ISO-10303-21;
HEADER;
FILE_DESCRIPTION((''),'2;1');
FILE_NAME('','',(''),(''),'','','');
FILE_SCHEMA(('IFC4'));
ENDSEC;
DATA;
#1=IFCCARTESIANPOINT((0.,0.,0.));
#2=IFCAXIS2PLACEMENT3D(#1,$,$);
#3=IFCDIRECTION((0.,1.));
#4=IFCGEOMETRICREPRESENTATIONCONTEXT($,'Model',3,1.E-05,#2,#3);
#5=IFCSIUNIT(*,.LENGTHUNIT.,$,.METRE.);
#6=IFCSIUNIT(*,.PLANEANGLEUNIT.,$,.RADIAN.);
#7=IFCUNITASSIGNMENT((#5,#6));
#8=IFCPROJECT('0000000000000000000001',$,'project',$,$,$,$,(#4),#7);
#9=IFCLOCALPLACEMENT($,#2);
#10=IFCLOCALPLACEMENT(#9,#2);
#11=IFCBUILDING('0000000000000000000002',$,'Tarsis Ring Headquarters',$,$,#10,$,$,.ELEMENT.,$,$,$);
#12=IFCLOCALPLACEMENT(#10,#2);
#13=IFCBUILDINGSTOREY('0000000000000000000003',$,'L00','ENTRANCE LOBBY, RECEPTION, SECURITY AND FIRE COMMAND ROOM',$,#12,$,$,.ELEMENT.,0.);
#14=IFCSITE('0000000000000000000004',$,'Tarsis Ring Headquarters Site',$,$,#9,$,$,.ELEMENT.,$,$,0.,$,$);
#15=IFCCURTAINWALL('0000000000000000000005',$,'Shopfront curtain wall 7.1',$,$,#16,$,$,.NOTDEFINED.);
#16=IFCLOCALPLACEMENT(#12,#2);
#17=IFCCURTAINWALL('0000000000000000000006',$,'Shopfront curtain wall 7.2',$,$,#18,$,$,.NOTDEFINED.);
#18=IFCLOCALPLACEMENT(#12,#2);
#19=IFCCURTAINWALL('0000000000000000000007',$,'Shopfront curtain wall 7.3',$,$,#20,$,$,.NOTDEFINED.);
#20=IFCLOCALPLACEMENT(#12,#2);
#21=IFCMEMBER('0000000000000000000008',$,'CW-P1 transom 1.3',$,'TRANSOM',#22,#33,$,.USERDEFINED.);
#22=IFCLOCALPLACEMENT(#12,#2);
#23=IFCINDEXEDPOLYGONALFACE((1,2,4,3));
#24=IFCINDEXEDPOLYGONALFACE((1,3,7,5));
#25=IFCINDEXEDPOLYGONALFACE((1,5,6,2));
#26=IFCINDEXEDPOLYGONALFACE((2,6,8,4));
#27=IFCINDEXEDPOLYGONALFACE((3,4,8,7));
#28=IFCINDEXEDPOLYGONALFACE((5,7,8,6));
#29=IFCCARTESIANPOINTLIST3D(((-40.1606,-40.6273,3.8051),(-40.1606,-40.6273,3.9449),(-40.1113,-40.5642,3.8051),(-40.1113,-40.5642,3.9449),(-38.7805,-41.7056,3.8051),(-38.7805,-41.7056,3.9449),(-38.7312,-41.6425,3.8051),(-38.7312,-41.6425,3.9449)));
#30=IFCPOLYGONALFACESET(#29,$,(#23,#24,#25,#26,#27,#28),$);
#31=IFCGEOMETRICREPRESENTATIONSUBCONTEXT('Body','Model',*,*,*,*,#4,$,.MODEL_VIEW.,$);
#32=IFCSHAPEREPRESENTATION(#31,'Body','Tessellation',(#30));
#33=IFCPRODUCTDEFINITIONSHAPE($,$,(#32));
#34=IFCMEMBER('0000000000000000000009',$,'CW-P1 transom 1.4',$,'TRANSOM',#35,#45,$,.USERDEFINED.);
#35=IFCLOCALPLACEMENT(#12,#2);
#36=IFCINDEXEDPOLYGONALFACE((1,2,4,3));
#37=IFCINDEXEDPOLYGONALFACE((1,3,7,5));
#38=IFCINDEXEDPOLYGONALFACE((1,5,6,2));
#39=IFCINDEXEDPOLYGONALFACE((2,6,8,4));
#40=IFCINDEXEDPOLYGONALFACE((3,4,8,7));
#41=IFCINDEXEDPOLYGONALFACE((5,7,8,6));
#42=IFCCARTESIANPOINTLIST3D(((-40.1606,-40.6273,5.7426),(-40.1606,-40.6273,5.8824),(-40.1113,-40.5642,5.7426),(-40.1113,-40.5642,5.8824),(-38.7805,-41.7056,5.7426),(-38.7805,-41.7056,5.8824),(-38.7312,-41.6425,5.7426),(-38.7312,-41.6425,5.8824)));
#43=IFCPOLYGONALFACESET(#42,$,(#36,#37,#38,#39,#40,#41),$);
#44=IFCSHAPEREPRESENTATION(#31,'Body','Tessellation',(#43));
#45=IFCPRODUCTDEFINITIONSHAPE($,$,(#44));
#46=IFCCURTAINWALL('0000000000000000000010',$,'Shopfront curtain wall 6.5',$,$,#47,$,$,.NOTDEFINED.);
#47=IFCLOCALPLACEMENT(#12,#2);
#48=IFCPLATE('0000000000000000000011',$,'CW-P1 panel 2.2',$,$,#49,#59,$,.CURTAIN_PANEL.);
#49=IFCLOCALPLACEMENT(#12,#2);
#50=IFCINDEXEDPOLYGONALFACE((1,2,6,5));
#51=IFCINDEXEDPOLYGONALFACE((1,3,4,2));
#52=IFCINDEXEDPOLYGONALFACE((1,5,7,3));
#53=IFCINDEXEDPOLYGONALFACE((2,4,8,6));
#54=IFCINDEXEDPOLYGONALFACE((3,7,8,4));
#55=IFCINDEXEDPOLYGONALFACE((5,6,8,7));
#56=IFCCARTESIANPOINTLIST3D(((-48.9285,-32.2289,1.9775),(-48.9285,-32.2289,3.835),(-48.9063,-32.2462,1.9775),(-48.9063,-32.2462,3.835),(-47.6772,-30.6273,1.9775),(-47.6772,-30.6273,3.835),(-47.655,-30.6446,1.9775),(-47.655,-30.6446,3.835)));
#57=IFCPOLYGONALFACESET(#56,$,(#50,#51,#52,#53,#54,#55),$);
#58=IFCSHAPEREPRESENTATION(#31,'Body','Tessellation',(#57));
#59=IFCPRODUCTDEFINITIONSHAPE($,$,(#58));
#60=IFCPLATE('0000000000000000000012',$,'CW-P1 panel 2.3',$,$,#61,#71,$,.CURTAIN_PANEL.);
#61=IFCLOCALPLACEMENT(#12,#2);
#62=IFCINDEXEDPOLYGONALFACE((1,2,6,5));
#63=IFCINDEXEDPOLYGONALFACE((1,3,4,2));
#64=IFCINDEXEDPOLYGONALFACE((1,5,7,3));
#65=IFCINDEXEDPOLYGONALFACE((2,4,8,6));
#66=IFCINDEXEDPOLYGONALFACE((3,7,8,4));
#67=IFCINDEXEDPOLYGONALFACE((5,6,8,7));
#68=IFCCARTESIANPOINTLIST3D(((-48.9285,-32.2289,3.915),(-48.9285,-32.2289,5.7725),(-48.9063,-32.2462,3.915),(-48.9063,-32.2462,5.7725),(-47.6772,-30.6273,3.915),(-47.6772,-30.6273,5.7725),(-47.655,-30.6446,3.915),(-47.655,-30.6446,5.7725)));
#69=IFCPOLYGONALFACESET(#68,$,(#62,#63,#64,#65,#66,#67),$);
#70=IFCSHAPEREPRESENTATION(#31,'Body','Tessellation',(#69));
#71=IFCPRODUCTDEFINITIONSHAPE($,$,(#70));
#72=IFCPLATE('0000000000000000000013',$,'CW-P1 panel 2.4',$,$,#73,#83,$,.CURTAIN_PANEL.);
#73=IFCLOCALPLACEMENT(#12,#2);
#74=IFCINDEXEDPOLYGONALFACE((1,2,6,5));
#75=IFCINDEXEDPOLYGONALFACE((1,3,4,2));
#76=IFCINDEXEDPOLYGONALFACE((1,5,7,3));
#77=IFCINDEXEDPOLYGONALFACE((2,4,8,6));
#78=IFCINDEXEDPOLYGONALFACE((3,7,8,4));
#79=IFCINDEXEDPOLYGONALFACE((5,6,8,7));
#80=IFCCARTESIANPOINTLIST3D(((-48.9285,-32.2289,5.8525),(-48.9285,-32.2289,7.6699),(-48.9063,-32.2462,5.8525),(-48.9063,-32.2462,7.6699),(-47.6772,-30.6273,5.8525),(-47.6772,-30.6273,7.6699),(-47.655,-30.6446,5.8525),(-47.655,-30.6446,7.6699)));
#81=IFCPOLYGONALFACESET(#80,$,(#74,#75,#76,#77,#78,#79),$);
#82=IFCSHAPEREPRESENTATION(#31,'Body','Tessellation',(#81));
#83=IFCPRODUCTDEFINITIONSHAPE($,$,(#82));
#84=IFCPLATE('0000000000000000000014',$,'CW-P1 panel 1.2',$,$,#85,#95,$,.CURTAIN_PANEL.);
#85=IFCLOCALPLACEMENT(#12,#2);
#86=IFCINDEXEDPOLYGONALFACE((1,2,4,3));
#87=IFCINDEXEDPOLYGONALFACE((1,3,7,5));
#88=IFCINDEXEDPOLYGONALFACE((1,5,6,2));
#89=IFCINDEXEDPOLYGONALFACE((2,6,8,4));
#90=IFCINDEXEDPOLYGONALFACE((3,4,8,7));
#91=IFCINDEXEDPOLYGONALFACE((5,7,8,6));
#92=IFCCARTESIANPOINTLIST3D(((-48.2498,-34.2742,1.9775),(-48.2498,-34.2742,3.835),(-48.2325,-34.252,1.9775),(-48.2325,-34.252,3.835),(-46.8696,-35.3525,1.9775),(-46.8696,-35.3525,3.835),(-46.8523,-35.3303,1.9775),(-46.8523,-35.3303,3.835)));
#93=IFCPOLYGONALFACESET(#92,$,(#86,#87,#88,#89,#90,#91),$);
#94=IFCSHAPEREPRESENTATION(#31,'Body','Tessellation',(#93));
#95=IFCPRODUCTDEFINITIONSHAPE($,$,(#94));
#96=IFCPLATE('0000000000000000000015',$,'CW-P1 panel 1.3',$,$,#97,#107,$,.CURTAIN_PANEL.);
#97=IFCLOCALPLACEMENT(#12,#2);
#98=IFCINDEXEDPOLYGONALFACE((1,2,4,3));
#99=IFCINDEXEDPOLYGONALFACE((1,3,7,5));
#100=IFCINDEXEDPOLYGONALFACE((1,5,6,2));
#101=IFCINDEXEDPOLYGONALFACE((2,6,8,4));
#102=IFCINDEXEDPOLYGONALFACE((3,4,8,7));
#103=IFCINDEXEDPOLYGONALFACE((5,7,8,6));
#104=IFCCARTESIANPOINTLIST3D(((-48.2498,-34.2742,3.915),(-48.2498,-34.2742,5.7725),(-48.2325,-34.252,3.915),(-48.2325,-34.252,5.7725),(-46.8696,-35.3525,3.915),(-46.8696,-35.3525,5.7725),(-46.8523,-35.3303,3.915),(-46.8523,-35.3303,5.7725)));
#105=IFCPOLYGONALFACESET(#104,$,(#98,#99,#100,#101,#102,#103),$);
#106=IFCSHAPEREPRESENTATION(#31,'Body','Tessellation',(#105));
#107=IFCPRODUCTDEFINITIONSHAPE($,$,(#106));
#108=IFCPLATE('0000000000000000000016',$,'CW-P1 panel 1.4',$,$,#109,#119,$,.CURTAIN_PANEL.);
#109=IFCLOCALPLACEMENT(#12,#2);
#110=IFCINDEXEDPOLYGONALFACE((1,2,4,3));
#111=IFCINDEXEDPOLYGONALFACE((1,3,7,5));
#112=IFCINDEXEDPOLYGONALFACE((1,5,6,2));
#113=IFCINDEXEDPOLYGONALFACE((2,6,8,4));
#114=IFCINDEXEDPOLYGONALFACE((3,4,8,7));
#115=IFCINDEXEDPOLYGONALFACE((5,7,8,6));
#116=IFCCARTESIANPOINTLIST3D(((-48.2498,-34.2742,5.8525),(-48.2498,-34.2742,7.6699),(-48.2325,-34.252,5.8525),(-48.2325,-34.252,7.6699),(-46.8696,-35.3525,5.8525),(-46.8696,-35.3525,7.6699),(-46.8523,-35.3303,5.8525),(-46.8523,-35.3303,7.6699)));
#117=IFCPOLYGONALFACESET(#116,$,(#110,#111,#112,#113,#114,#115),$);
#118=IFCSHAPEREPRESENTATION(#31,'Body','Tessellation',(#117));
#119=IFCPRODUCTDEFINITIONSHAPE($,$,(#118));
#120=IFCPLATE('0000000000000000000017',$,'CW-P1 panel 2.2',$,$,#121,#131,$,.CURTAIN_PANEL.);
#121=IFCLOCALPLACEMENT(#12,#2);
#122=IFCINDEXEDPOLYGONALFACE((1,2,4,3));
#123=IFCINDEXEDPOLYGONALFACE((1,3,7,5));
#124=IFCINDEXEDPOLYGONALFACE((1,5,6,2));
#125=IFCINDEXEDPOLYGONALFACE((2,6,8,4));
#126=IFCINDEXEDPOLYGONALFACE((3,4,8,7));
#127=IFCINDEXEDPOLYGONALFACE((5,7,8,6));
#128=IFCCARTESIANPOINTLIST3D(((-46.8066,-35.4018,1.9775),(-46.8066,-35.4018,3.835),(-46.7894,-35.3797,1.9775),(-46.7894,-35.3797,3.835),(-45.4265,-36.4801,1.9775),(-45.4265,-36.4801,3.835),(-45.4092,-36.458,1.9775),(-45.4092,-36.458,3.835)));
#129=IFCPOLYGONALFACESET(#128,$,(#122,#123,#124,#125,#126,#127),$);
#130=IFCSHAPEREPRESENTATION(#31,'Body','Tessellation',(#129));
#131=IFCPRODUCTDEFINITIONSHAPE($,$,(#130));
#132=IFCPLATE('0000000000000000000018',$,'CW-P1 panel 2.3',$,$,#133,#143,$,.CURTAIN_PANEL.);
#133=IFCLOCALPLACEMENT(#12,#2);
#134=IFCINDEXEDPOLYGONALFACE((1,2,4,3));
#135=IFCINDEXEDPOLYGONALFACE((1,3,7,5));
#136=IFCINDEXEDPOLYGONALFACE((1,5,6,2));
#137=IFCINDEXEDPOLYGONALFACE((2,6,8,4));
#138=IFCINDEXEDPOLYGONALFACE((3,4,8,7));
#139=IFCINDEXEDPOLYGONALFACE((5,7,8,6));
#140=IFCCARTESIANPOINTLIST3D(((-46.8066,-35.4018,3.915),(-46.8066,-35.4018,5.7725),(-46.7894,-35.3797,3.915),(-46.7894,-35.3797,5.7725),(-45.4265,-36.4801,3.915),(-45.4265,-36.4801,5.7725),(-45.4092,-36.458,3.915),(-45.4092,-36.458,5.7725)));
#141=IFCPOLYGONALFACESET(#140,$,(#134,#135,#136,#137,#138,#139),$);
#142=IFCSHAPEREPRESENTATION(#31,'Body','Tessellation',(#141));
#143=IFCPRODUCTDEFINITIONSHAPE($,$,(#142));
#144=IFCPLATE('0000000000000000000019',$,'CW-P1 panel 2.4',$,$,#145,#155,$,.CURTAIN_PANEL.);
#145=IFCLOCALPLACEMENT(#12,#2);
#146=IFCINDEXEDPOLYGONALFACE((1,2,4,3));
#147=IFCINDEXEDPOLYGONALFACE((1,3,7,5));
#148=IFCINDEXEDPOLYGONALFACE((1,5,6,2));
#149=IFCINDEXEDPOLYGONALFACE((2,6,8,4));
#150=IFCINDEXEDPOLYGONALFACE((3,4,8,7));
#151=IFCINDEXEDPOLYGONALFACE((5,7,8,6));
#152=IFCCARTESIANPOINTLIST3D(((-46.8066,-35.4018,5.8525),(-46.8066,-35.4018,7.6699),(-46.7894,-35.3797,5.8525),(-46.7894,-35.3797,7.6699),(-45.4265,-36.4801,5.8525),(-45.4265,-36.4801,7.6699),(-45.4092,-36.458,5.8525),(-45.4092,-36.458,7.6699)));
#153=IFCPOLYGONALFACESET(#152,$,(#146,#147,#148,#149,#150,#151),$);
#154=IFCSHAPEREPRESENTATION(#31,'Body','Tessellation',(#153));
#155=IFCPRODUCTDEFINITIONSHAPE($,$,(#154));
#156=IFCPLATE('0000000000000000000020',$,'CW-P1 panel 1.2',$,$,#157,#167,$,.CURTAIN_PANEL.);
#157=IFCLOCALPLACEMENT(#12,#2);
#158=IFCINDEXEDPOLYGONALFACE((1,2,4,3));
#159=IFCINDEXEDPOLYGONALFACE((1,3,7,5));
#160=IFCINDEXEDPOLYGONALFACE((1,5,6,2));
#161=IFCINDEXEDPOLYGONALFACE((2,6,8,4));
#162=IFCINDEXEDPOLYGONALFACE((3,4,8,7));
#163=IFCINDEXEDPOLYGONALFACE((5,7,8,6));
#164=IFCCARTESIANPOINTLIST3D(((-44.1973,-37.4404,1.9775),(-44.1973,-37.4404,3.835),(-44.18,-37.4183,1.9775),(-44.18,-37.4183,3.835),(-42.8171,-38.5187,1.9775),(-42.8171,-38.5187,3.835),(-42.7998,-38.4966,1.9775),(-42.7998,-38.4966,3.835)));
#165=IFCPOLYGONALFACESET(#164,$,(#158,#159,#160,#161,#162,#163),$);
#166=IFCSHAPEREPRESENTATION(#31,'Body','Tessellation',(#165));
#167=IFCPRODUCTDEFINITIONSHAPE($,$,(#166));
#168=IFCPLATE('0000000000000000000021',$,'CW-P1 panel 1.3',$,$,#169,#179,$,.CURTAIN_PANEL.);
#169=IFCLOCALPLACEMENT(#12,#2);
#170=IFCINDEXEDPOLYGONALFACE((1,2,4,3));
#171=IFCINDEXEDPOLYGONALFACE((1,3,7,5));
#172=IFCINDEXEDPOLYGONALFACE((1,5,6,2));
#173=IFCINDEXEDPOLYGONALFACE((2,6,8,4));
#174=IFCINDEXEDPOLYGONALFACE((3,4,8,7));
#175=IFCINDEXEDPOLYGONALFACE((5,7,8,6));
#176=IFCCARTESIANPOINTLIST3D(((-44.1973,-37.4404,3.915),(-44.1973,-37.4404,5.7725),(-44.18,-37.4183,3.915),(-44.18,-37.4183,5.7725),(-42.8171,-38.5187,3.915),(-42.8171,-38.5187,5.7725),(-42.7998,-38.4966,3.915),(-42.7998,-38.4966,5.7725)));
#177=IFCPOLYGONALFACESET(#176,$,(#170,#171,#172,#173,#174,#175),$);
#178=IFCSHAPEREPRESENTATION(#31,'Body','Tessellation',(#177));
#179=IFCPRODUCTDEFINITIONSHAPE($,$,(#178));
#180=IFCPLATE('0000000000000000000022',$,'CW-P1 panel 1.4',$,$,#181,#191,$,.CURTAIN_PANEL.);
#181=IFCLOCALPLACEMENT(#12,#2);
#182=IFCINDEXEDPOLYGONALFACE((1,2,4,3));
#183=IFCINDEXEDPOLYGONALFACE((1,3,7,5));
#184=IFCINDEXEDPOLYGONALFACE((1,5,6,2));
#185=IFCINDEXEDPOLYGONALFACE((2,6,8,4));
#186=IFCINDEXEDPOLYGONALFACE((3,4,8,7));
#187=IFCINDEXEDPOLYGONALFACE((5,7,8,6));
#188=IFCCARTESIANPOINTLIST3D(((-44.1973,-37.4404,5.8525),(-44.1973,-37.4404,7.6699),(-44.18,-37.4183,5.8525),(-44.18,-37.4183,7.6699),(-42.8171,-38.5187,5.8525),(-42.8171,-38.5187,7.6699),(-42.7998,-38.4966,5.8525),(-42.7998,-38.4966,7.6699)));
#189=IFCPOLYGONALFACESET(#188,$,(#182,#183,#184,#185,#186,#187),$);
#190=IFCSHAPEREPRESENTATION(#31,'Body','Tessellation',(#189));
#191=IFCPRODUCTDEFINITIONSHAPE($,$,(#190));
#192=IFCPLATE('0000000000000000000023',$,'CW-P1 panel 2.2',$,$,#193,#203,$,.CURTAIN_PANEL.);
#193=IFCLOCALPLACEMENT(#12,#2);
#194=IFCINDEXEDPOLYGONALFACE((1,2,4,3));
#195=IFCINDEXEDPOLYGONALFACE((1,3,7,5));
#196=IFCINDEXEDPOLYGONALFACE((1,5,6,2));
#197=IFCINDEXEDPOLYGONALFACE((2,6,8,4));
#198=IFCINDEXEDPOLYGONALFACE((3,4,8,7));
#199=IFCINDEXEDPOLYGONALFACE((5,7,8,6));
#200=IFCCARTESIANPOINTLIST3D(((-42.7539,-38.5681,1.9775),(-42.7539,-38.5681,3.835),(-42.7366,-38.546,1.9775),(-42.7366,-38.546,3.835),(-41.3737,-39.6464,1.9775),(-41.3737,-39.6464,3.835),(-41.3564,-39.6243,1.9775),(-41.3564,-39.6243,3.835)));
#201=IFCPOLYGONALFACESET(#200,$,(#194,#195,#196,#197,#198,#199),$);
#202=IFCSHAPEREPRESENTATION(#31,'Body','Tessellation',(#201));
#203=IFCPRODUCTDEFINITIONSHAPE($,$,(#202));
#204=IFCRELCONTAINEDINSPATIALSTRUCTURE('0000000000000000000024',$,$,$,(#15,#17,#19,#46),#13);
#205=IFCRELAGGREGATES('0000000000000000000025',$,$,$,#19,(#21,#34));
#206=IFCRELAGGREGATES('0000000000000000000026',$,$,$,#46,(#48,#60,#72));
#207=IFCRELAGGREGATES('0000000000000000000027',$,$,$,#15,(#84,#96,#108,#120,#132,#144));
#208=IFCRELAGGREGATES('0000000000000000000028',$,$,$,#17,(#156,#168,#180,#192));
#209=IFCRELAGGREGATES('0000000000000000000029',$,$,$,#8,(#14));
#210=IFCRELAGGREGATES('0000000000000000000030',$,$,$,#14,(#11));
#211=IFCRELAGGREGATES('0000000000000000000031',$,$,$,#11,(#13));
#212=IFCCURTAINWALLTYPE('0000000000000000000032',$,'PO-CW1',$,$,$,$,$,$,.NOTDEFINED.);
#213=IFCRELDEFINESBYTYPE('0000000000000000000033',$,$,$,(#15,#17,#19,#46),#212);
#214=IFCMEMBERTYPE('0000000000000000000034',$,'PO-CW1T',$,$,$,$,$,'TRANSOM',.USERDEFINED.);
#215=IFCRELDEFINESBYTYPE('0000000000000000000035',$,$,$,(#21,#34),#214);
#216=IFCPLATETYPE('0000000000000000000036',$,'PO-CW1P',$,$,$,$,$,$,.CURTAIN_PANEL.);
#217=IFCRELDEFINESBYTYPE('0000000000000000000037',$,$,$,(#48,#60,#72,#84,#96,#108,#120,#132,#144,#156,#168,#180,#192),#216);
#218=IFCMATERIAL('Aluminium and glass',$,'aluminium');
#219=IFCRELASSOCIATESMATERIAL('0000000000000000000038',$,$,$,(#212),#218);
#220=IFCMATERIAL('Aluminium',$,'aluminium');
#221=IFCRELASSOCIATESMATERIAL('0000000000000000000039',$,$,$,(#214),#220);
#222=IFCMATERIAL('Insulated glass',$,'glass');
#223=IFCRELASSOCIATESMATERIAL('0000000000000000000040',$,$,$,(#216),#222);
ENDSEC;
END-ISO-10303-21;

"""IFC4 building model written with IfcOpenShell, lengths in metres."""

from ifc_helpers import new_model, si_unit, direction, frame, origin, origin_2d, place, context, subcontext, project, spatial, rectangle, extrude, material, material_profile, profile_set, type_object, element, aggregate, save


model = new_model("IFC4")

# Units and contexts
model_context = context("Model", 3, precision=1e-05, world=origin(), true_north=direction((0.0, 1.0)))
body_context = subcontext(model_context, "Body", "Model", "MODEL_VIEW")
ifc_project = project(units=[si_unit("LENGTHUNIT", "METRE"), si_unit("PLANEANGLEUNIT", "RADIAN")], contexts=[model_context])

# Site, building, storey
site_placement = place(None, origin())
site = spatial("IfcSite", under=ifc_project, at=site_placement, Name="Tarsis Ring Headquarters Site", CompositionType="ELEMENT", RefElevation=0.0)
building_placement = place(site_placement, origin())
building = spatial("IfcBuilding", under=site, at=building_placement, Name="Tarsis Ring Headquarters", CompositionType="ELEMENT")
storey_placement = place(building_placement, origin())
storey = spatial("IfcBuildingStorey", under=building, at=storey_placement, Name="L00", Description="ENTRANCE LOBBY, RECEPTION, SECURITY AND FIRE COMMAND ROOM", CompositionType="ELEMENT", Elevation=0.0)

# Curtain walls, members
ifc_material_1 = material(Name="Aluminium and glass", Category="aluminium")
curtain_wall_type = type_object("IfcCurtainWallType", Name="PO-CW1", PredefinedType="NOTDEFINED", material=ifc_material_1)
curtain_wall_1_placement = place(storey_placement, origin())
curtain_wall_1 = element("IfcCurtainWall", 1, at=curtain_wall_1_placement, inside=storey, type_object=curtain_wall_type, Name="Shopfront curtain wall 7.1", PredefinedType="NOTDEFINED")
ifc_material_2 = material(Name="Aluminium", Category="aluminium")
ifc_material_profile = material_profile(ifc_material_2, rectangle(XDim=0.0801, YDim=0.1399, at=origin_2d()), Name="PO-CW1T")
ifc_profile_set = profile_set([ifc_material_profile], Name="Aluminium")
member_type = type_object("IfcMemberType", Name="PO-CW1T", ElementType="TRANSOM", PredefinedType="USERDEFINED", material=ifc_profile_set)
curtain_wall_2_placement = place(storey_placement, origin())
curtain_wall_2 = element("IfcCurtainWall", 2, at=curtain_wall_2_placement, inside=storey, type_object=curtain_wall_type, Name="Shopfront curtain wall 7.2", PredefinedType="NOTDEFINED")
curtain_wall_3_placement = place(storey_placement, origin())
curtain_wall_3 = element("IfcCurtainWall", 3, at=curtain_wall_3_placement, inside=storey, type_object=curtain_wall_type, Name="Shopfront curtain wall 7.3", PredefinedType="NOTDEFINED")
member_1_placement = place(storey_placement, frame((-40.136, -40.5957, 3.875), z_axis=(0.787984, -0.615695, 0.0), x_axis=(0.615695, 0.787984, 0.0)))
member_1 = element("IfcMember", 4, at=member_1_placement, type_object=member_type, Name="CW-P1 transom 1.3", ObjectType="TRANSOM", PredefinedType="USERDEFINED", context=body_context, shape_type="SweptSolid", body=[
    extrude(rectangle(XDim=0.0801, YDim=0.1399, at=origin_2d()), origin(), (0.0, 0.0, 1.0), 1.7515),
])
member_2_placement = place(storey_placement, frame((-40.136, -40.5957, 5.8125), z_axis=(0.787984, -0.615695, 0.0), x_axis=(0.615695, 0.787984, 0.0)))
member_2 = element("IfcMember", 5, at=member_2_placement, type_object=member_type, Name="CW-P1 transom 1.4", ObjectType="TRANSOM", PredefinedType="USERDEFINED", context=body_context, shape_type="SweptSolid", body=[
    extrude(rectangle(XDim=0.0801, YDim=0.1399, at=origin_2d()), origin(), (0.0, 0.0, 1.0), 1.7515),
])
aggregate(curtain_wall_3, [member_1, member_2])

# Curtain wall, plates
curtain_wall_4_placement = place(storey_placement, origin())
curtain_wall_4 = element("IfcCurtainWall", 6, at=curtain_wall_4_placement, inside=storey, type_object=curtain_wall_type, Name="Shopfront curtain wall 6.5", PredefinedType="NOTDEFINED")
ifc_material_3 = material(Name="Insulated glass", Category="glass")
plate_type = type_object("IfcPlateType", Name="PO-CW1P", PredefinedType="CURTAIN_PANEL", material=ifc_material_3)
plate_1_placement = place(storey_placement, frame((-48.2917, -31.4368, 1.9775), z_axis=(0.0, 0.0, 1.0), x_axis=(-0.615662, -0.788011, 0.0)))
plate_1 = element("IfcPlate", 7, at=plate_1_placement, type_object=plate_type, Name="CW-P1 panel 2.2", PredefinedType="CURTAIN_PANEL", context=body_context, shape_type="SweptSolid", body=[
    extrude(rectangle(XDim=2.0325, YDim=0.0281, at=origin_2d()), origin(), (0.0, 0.0, 1.0), 1.8574),
])
plate_2_placement = place(storey_placement, frame((-48.2917, -31.4368, 3.915), z_axis=(0.0, 0.0, 1.0), x_axis=(-0.615662, -0.788011, 0.0)))
plate_2 = element("IfcPlate", 8, at=plate_2_placement, type_object=plate_type, Name="CW-P1 panel 2.3", PredefinedType="CURTAIN_PANEL", context=body_context, shape_type="SweptSolid", body=[
    extrude(rectangle(XDim=2.0325, YDim=0.0281, at=origin_2d()), origin(), (0.0, 0.0, 1.0), 1.8574),
])
plate_3_placement = place(storey_placement, frame((-48.2917, -31.4368, 5.8525), z_axis=(0.0, 0.0, 1.0), x_axis=(-0.615662, -0.788011, 0.0)))
plate_3 = element("IfcPlate", 9, at=plate_3_placement, type_object=plate_type, Name="CW-P1 panel 2.4", PredefinedType="CURTAIN_PANEL", context=body_context, shape_type="SweptSolid", body=[
    extrude(rectangle(XDim=2.0325, YDim=0.0281, at=origin_2d()), origin(), (0.0, 0.0, 1.0), 1.8174),
])
aggregate(curtain_wall_4, [plate_1, plate_2, plate_3])

# Plates
plate_4_placement = place(storey_placement, frame((-47.551, -34.8022, 1.9775), z_axis=(0.0, 0.0, 1.0), x_axis=(0.788011, -0.615662, 0.0)))
plate_4 = element("IfcPlate", 10, at=plate_4_placement, type_object=plate_type, Name="CW-P1 panel 1.2", PredefinedType="CURTAIN_PANEL", context=body_context, shape_type="SweptSolid", body=[
    extrude(rectangle(XDim=1.7515, YDim=0.0281, at=origin_2d()), origin(), (0.0, 0.0, 1.0), 1.8574),
])
plate_5_placement = place(storey_placement, frame((-47.551, -34.8022, 3.915), z_axis=(0.0, 0.0, 1.0), x_axis=(0.788011, -0.615662, 0.0)))
plate_5 = element("IfcPlate", 11, at=plate_5_placement, type_object=plate_type, Name="CW-P1 panel 1.3", PredefinedType="CURTAIN_PANEL", context=body_context, shape_type="SweptSolid", body=[
    extrude(rectangle(XDim=1.7515, YDim=0.0281, at=origin_2d()), origin(), (0.0, 0.0, 1.0), 1.8574),
])
plate_6_placement = place(storey_placement, frame((-47.551, -34.8022, 5.8525), z_axis=(0.0, 0.0, 1.0), x_axis=(0.788011, -0.615662, 0.0)))
plate_6 = element("IfcPlate", 12, at=plate_6_placement, type_object=plate_type, Name="CW-P1 panel 1.4", PredefinedType="CURTAIN_PANEL", context=body_context, shape_type="SweptSolid", body=[
    extrude(rectangle(XDim=1.7515, YDim=0.0281, at=origin_2d()), origin(), (0.0, 0.0, 1.0), 1.8174),
])
plate_7_placement = place(storey_placement, frame((-46.1079, -35.9299, 1.9775), z_axis=(0.0, 0.0, 1.0), x_axis=(0.788011, -0.615662, 0.0)))
plate_7 = element("IfcPlate", 13, at=plate_7_placement, type_object=plate_type, Name="CW-P1 panel 2.2", PredefinedType="CURTAIN_PANEL", context=body_context, shape_type="SweptSolid", body=[
    extrude(rectangle(XDim=1.7515, YDim=0.0281, at=origin_2d()), origin(), (0.0, 0.0, 1.0), 1.8574),
])
plate_8_placement = place(storey_placement, frame((-46.1079, -35.9299, 3.915), z_axis=(0.0, 0.0, 1.0), x_axis=(0.788011, -0.615662, 0.0)))
plate_8 = element("IfcPlate", 14, at=plate_8_placement, type_object=plate_type, Name="CW-P1 panel 2.3", PredefinedType="CURTAIN_PANEL", context=body_context, shape_type="SweptSolid", body=[
    extrude(rectangle(XDim=1.7515, YDim=0.0281, at=origin_2d()), origin(), (0.0, 0.0, 1.0), 1.8574),
])
plate_9_placement = place(storey_placement, frame((-46.1079, -35.9299, 5.8525), z_axis=(0.0, 0.0, 1.0), x_axis=(0.788011, -0.615662, 0.0)))
plate_9 = element("IfcPlate", 15, at=plate_9_placement, type_object=plate_type, Name="CW-P1 panel 2.4", PredefinedType="CURTAIN_PANEL", context=body_context, shape_type="SweptSolid", body=[
    extrude(rectangle(XDim=1.7515, YDim=0.0281, at=origin_2d()), origin(), (0.0, 0.0, 1.0), 1.8174),
])
aggregate(curtain_wall_1, [plate_4, plate_5, plate_6, plate_7, plate_8, plate_9])
plate_10_placement = place(storey_placement, frame((-43.4985, -37.9685, 1.9775), z_axis=(0.0, 0.0, 1.0), x_axis=(0.788011, -0.615661, 0.0)))
plate_10 = element("IfcPlate", 16, at=plate_10_placement, type_object=plate_type, Name="CW-P1 panel 1.2", PredefinedType="CURTAIN_PANEL", context=body_context, shape_type="SweptSolid", body=[
    extrude(rectangle(XDim=1.7515, YDim=0.0281, at=origin_2d()), origin(), (0.0, 0.0, 1.0), 1.8574),
])
plate_11_placement = place(storey_placement, frame((-43.4985, -37.9685, 3.915), z_axis=(0.0, 0.0, 1.0), x_axis=(0.788011, -0.615661, 0.0)))
plate_11 = element("IfcPlate", 17, at=plate_11_placement, type_object=plate_type, Name="CW-P1 panel 1.3", PredefinedType="CURTAIN_PANEL", context=body_context, shape_type="SweptSolid", body=[
    extrude(rectangle(XDim=1.7515, YDim=0.0281, at=origin_2d()), origin(), (0.0, 0.0, 1.0), 1.8574),
])
plate_12_placement = place(storey_placement, frame((-43.4985, -37.9685, 5.8525), z_axis=(0.0, 0.0, 1.0), x_axis=(0.788011, -0.615661, 0.0)))
plate_12 = element("IfcPlate", 18, at=plate_12_placement, type_object=plate_type, Name="CW-P1 panel 1.4", PredefinedType="CURTAIN_PANEL", context=body_context, shape_type="SweptSolid", body=[
    extrude(rectangle(XDim=1.7515, YDim=0.0281, at=origin_2d()), origin(), (0.0, 0.0, 1.0), 1.8174),
])
plate_13_placement = place(storey_placement, frame((-42.0552, -39.0962, 1.9775), z_axis=(0.0, 0.0, 1.0), x_axis=(0.788011, -0.615661, 0.0)))
plate_13 = element("IfcPlate", 19, at=plate_13_placement, type_object=plate_type, Name="CW-P1 panel 2.2", PredefinedType="CURTAIN_PANEL", context=body_context, shape_type="SweptSolid", body=[
    extrude(rectangle(XDim=1.7515, YDim=0.0281, at=origin_2d()), origin(), (0.0, 0.0, 1.0), 1.8574),
])
aggregate(curtain_wall_2, [plate_10, plate_11, plate_12, plate_13])

save(model, "model.ifc")
